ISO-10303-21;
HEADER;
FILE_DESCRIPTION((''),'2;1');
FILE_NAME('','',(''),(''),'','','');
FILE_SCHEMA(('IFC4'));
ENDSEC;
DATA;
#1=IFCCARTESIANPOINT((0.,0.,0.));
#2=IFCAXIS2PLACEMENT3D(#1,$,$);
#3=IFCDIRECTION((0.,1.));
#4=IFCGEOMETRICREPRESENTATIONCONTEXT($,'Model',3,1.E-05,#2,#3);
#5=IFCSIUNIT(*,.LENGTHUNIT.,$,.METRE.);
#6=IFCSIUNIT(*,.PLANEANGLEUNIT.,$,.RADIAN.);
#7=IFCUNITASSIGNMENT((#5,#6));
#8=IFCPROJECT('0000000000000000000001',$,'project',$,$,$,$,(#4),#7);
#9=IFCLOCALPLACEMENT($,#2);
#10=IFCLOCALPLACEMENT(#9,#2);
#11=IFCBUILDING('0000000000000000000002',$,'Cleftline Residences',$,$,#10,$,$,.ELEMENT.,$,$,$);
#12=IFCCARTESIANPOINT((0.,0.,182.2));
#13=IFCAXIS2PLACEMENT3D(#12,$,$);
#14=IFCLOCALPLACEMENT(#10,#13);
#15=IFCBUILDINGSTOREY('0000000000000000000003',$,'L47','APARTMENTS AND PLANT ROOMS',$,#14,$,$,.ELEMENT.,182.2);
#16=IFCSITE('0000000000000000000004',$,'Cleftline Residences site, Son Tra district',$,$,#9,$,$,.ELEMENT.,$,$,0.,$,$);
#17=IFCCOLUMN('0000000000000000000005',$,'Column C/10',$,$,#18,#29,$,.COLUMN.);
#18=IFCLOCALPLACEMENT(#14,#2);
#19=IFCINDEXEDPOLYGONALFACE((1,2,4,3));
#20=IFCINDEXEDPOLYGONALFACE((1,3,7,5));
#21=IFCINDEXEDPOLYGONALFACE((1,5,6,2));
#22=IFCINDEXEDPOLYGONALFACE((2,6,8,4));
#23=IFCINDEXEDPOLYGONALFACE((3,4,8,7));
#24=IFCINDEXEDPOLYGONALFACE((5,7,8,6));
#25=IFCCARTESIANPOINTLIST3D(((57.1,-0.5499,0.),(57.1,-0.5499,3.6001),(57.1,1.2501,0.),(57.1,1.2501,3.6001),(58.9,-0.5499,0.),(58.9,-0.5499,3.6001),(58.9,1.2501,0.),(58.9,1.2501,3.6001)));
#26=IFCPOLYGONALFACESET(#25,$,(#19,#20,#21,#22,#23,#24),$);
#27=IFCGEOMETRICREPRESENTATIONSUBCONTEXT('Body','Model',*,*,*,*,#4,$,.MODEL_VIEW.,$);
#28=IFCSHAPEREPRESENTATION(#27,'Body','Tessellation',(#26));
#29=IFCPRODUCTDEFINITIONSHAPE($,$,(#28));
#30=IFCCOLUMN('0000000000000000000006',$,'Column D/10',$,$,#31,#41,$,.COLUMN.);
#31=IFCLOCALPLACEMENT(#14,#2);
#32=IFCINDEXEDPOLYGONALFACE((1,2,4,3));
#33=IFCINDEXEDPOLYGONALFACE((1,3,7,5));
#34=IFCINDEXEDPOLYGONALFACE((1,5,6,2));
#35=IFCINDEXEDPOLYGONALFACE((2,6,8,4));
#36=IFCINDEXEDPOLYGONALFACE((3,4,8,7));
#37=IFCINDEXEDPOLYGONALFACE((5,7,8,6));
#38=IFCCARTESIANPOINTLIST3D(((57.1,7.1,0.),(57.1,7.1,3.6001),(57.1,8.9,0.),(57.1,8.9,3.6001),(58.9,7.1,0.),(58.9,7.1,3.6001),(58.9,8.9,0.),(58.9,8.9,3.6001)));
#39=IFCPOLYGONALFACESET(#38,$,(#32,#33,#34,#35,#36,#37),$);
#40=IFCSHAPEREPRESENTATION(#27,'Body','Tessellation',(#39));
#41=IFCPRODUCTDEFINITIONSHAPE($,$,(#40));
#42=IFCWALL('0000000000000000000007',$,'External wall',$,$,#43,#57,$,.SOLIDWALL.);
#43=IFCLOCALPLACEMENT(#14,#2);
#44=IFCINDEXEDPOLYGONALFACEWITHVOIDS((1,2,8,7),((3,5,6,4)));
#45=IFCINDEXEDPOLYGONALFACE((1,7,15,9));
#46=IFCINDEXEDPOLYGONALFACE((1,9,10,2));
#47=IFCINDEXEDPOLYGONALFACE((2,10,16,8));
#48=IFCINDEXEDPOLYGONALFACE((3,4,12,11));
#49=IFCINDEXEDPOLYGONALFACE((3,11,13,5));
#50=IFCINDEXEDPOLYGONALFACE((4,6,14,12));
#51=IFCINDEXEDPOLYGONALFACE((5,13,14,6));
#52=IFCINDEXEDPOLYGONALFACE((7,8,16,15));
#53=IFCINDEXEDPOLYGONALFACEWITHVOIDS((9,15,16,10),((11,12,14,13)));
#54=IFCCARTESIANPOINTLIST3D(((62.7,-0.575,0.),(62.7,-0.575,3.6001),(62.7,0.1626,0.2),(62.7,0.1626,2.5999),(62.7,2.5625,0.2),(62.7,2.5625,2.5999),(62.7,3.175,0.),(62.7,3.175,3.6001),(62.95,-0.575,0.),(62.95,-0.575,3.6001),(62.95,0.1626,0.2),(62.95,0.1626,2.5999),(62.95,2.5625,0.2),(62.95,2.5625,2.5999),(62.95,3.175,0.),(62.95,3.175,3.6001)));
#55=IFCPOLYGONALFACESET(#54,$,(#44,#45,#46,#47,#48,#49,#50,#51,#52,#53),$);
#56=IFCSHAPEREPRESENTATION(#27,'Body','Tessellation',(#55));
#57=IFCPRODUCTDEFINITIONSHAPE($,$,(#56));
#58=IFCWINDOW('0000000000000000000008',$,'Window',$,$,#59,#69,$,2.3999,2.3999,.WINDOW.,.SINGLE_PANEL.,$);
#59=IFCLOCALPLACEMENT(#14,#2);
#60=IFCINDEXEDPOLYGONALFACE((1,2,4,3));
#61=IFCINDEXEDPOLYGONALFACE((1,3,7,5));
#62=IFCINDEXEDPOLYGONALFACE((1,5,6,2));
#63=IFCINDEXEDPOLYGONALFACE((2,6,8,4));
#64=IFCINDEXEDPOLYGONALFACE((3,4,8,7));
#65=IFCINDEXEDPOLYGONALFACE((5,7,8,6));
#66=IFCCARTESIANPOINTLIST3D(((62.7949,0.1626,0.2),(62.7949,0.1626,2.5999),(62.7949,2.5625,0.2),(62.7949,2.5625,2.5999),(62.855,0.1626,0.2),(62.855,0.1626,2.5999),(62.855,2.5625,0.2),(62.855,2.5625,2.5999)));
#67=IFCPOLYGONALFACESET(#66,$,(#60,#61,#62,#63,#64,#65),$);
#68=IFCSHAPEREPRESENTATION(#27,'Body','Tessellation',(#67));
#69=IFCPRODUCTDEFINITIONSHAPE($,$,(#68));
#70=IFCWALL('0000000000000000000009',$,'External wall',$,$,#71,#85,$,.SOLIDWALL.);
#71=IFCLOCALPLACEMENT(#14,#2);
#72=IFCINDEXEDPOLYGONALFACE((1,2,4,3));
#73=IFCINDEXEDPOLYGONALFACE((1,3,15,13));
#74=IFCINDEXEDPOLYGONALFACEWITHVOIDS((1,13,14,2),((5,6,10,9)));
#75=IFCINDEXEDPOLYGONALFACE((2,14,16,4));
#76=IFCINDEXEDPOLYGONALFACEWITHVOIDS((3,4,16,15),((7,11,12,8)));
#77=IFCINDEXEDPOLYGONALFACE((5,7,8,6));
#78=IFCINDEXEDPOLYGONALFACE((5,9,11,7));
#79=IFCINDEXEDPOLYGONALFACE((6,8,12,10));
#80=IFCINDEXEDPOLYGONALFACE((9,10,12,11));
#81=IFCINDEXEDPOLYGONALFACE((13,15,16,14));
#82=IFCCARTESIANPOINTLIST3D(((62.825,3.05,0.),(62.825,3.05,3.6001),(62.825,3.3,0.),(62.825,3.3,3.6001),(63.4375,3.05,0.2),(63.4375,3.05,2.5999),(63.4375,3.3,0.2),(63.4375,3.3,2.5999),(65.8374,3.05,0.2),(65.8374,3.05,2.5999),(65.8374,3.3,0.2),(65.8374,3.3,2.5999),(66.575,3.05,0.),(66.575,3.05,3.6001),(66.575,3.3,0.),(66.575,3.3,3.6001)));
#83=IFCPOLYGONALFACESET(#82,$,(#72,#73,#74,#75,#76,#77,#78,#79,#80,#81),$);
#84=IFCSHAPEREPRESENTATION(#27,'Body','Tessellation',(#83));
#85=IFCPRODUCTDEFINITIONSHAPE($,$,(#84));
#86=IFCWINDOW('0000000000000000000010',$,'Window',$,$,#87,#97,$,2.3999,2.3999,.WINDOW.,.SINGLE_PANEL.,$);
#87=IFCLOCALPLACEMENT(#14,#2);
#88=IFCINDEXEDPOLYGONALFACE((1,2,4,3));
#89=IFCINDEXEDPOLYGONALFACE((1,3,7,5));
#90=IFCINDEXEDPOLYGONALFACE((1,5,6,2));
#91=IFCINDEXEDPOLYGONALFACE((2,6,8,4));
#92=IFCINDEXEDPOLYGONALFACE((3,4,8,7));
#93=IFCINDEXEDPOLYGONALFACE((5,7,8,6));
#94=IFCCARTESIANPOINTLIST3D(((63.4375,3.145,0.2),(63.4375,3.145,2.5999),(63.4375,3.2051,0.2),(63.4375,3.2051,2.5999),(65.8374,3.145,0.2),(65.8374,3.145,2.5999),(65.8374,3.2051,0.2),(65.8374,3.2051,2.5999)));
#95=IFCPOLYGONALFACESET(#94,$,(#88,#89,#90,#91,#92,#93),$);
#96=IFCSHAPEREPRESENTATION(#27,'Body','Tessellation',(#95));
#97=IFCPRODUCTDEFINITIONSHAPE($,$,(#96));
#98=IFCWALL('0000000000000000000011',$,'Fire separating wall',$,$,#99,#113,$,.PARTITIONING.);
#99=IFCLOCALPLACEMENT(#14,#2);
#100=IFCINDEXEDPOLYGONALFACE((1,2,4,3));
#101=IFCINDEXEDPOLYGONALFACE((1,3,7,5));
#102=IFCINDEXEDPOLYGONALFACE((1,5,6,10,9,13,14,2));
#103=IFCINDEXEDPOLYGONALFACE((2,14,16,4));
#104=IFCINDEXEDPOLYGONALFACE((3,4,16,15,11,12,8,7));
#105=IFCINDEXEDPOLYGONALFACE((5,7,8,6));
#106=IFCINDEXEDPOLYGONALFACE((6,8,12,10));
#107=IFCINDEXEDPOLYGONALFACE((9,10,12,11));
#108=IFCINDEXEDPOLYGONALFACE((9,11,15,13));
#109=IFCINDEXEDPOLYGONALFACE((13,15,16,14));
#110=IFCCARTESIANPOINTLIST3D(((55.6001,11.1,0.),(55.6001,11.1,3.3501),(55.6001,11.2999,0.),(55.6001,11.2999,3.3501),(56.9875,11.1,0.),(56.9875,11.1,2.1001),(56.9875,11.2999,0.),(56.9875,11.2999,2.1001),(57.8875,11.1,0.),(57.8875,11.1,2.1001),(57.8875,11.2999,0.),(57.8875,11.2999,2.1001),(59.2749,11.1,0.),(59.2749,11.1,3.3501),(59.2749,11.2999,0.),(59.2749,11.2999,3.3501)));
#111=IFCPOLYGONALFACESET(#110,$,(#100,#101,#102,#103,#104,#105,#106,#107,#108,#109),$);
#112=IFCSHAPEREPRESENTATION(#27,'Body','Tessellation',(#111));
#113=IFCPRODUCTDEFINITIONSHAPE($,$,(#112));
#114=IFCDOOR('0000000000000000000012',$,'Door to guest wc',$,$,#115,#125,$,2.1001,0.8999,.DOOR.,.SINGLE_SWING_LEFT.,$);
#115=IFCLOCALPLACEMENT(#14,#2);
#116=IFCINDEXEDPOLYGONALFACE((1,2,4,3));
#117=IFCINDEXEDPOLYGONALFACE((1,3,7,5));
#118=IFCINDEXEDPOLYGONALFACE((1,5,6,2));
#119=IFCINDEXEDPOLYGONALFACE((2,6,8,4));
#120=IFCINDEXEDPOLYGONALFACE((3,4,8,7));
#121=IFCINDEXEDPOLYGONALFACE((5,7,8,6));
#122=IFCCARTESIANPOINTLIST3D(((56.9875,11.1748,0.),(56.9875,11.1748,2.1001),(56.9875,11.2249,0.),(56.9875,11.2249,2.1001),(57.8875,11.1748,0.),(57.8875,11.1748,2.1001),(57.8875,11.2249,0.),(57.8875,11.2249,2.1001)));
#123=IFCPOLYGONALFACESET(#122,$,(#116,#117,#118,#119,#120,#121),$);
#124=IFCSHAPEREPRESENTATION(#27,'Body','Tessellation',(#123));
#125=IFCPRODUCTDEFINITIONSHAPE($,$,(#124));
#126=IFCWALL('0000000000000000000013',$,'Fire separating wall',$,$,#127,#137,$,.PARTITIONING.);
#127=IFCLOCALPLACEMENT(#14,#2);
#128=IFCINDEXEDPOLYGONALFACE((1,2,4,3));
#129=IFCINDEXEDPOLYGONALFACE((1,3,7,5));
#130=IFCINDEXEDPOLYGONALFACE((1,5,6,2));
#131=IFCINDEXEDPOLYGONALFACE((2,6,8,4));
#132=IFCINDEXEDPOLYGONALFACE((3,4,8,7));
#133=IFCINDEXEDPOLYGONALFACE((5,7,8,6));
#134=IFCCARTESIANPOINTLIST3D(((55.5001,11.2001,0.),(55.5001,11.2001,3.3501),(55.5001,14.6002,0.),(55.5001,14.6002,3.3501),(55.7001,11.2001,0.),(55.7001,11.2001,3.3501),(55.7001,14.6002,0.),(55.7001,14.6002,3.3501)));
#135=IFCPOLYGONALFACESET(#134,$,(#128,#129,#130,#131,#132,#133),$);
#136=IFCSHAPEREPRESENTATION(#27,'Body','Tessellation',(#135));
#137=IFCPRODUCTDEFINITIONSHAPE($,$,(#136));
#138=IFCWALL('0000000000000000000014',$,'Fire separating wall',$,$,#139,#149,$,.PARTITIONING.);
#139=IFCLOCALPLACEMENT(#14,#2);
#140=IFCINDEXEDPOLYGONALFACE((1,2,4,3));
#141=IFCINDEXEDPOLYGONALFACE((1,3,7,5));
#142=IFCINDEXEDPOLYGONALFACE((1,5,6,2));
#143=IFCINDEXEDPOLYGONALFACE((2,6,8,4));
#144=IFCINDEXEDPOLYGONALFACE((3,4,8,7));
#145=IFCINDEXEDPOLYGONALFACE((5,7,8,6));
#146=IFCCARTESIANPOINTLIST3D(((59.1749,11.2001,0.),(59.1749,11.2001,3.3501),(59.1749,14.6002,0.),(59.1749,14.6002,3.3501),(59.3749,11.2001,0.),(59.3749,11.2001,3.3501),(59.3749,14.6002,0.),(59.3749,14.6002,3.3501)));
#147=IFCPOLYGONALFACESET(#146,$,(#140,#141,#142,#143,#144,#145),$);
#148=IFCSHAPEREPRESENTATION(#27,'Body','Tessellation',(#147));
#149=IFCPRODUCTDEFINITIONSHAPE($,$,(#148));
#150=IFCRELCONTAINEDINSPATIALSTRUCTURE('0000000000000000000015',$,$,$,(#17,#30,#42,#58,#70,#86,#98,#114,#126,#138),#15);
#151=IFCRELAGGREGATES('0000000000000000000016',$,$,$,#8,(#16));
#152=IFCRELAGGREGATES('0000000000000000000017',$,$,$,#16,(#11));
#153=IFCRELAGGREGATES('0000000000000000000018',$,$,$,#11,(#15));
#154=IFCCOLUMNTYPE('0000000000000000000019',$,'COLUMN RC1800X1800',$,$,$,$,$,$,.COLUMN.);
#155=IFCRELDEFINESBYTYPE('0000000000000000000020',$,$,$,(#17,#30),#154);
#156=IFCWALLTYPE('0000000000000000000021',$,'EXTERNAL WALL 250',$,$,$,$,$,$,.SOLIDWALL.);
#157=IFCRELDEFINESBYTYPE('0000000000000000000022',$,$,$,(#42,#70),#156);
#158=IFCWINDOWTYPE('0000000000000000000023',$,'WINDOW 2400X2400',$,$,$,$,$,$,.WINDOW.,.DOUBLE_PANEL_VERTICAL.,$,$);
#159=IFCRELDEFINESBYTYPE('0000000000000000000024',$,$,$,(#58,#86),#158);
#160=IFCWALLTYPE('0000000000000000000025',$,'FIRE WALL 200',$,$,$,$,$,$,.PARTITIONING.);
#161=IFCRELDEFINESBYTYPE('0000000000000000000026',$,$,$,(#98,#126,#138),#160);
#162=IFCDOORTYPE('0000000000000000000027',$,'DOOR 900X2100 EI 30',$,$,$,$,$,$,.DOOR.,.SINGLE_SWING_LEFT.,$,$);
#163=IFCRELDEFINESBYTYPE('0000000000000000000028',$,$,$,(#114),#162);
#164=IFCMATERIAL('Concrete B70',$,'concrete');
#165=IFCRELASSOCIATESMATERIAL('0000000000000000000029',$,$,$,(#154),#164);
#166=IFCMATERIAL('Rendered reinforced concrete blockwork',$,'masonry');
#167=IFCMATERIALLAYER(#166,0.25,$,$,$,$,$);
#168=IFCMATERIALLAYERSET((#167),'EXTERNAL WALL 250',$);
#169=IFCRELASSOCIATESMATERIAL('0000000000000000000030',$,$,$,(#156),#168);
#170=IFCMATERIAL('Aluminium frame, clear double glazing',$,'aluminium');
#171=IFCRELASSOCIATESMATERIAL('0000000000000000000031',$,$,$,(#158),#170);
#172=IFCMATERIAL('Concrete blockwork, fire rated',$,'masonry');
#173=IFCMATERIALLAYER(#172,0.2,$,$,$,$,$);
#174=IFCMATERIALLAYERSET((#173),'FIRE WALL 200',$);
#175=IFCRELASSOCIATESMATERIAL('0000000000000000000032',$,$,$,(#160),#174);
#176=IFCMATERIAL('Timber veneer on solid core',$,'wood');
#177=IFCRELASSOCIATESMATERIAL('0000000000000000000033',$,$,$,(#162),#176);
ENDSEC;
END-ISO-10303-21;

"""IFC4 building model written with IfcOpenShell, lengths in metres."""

from ifc_helpers import new_model, si_unit, direction, frame, frame_2d, origin, origin_2d, place, context, subcontext, project, spatial, rectangle, extrude, material, layer, layer_set, material_profile, profile_set, type_object, element, fill, save


model = new_model("IFC4")

# Units and contexts
model_context = context("Model", 3, precision=1e-05, world=origin(), true_north=direction((0.0, 1.0)))
body_context = subcontext(model_context, "Body", "Model", "MODEL_VIEW")
ifc_project = project(units=[si_unit("LENGTHUNIT", "METRE"), si_unit("PLANEANGLEUNIT", "RADIAN")], contexts=[model_context])

# Site, building, storey
site_placement = place(None, origin())
site = spatial("IfcSite", under=ifc_project, at=site_placement, Name="Cleftline Residences site, Son Tra district", CompositionType="ELEMENT", RefElevation=0.0)
building_placement = place(site_placement, origin())
building = spatial("IfcBuilding", under=site, at=building_placement, Name="Cleftline Residences", CompositionType="ELEMENT")
storey_placement = place(building_placement, frame((0.0, 0.0, 182.2)))
storey = spatial("IfcBuildingStorey", under=building, at=storey_placement, Name="L47", Description="APARTMENTS AND PLANT ROOMS", CompositionType="ELEMENT", Elevation=182.2)

# Columns
ifc_material_1 = material(Name="Concrete B70", Category="concrete")
ifc_material_profile = material_profile(ifc_material_1, rectangle(XDim=1.8, YDim=1.8, at=origin_2d()))
ifc_profile_set = profile_set([ifc_material_profile], Name="Concrete B70")
column_type = type_object("IfcColumnType", Name="COLUMN RC1800X1800", PredefinedType="COLUMN", material=ifc_profile_set)
for number, where, z_axis, x_axis, name in (
    (1, (58.0, 0.3501, 0.0), (0.0, 0.0, 1.0), (1.0, 0.0, 0.0), "Column C/10"),
    (2, (58.0, 8.0, 0.0), (0.0, 0.0, 1.0), (1.0, 0.0, 0.0), "Column D/10"),
):
    element("IfcColumn", number, at=place(storey_placement, frame(where, z_axis=z_axis, x_axis=x_axis)), inside=storey, type_object=column_type, Name=name, PredefinedType="COLUMN", context=body_context, shape_type="SweptSolid", body=[
        extrude(rectangle(XDim=1.8, YDim=1.8, at=origin_2d()), origin(), (0.0, 0.0, 1.0), 3.6001),
    ])

# Walls, openings, windows
ifc_material_2 = material(Name="Rendered reinforced concrete blockwork", Category="masonry")
ifc_layer_1 = layer(ifc_material_2, 0.25)
ifc_layer_set_1 = layer_set([ifc_layer_1], Name="EXTERNAL WALL 250")
wall_type_1 = type_object("IfcWallType", Name="EXTERNAL WALL 250", PredefinedType="SOLIDWALL", material=ifc_layer_set_1)
wall_1_placement = place(storey_placement, frame((62.825, -0.575, 0.0), z_axis=(0.0, 0.0, 1.0), x_axis=(0.0, 1.0, 0.0)))
wall_1 = element("IfcWall", 3, at=wall_1_placement, inside=storey, type_object=wall_type_1, Name="External wall", PredefinedType="SOLIDWALL", context=body_context, shape_type="SweptSolid", body=[
    extrude(rectangle(XDim=3.75, YDim=0.25, at=frame_2d((1.875, 0.0))), origin(), (0.0, 0.0, 1.0), 3.6001),
])
opening_1_placement = place(wall_1_placement, frame((0.7375, 0.0, 0.2)))
opening_1 = element("IfcOpeningElement", 4, at=opening_1_placement, cuts=wall_1, PredefinedType="OPENING", context=body_context, shape_type="SweptSolid", body=[
    extrude(rectangle(XDim=2.3999, YDim=2.3999, at=frame_2d((1.2, 1.2))), frame((0.0, 0.135, 0.0), z_axis=(0.0, -1.0, 0.0), x_axis=(1.0, 0.0, 0.0)), (0.0, 0.0, 1.0), 0.27),
])
ifc_material_3 = material(Name="Aluminium frame, clear double glazing", Category="aluminium")
window_type = type_object("IfcWindowType", Name="WINDOW 2400X2400", PartitioningType="DOUBLE_PANEL_VERTICAL", PredefinedType="WINDOW", material=ifc_material_3)
window_1_placement = place(opening_1_placement, origin())
window_1 = element("IfcWindow", 5, at=window_1_placement, inside=storey, type_object=window_type, Name="Window", OverallHeight=2.3999, OverallWidth=2.3999, PartitioningType="SINGLE_PANEL", PredefinedType="WINDOW", context=body_context, shape_type="SweptSolid", body=[
    extrude(rectangle(XDim=2.3999, YDim=2.3999, at=frame_2d((1.2, 1.2))), frame((0.0, 0.03, 0.0), z_axis=(0.0, -1.0, 0.0), x_axis=(1.0, 0.0, 0.0)), (0.0, 0.0, 1.0), 0.0601),
])
fill(opening_1, window_1)
wall_2_placement = place(storey_placement, frame((62.825, 3.175, 0.0), z_axis=(0.0, 0.0, 1.0), x_axis=(1.0, 0.0, 0.0)))
wall_2 = element("IfcWall", 6, at=wall_2_placement, inside=storey, type_object=wall_type_1, Name="External wall", PredefinedType="SOLIDWALL", context=body_context, shape_type="SweptSolid", body=[
    extrude(rectangle(XDim=3.75, YDim=0.25, at=frame_2d((1.875, 0.0))), origin(), (0.0, 0.0, 1.0), 3.6001),
])
opening_2_placement = place(wall_2_placement, frame((0.6125, 0.0, 0.2)))
opening_2 = element("IfcOpeningElement", 7, at=opening_2_placement, cuts=wall_2, PredefinedType="OPENING", context=body_context, shape_type="SweptSolid", body=[
    extrude(rectangle(XDim=2.3999, YDim=2.3999, at=frame_2d((1.2, 1.2))), frame((0.0, 0.135, 0.0), z_axis=(0.0, -1.0, 0.0), x_axis=(1.0, 0.0, 0.0)), (0.0, 0.0, 1.0), 0.27),
])
window_2_placement = place(opening_2_placement, origin())
window_2 = element("IfcWindow", 8, at=window_2_placement, inside=storey, type_object=window_type, Name="Window", OverallHeight=2.3999, OverallWidth=2.3999, PartitioningType="SINGLE_PANEL", PredefinedType="WINDOW", context=body_context, shape_type="SweptSolid", body=[
    extrude(rectangle(XDim=2.3999, YDim=2.3999, at=frame_2d((1.2, 1.2))), frame((0.0, 0.03, 0.0), z_axis=(0.0, -1.0, 0.0), x_axis=(1.0, 0.0, 0.0)), (0.0, 0.0, 1.0), 0.0601),
])
fill(opening_2, window_2)

# Wall, opening, door
ifc_material_4 = material(Name="Concrete blockwork, fire rated", Category="masonry")
ifc_layer_2 = layer(ifc_material_4, 0.2)
ifc_layer_set_2 = layer_set([ifc_layer_2], Name="FIRE WALL 200")
wall_type_2 = type_object("IfcWallType", Name="FIRE WALL 200", PredefinedType="PARTITIONING", material=ifc_layer_set_2)
wall_3_placement = place(storey_placement, frame((55.6001, 11.2, 0.0), z_axis=(0.0, 0.0, 1.0), x_axis=(1.0, 0.0, 0.0)))
wall_3 = element("IfcWall", 9, at=wall_3_placement, inside=storey, type_object=wall_type_2, Name="Fire separating wall", PredefinedType="PARTITIONING", context=body_context, shape_type="SweptSolid", body=[
    extrude(rectangle(XDim=3.6748, YDim=0.2, at=frame_2d((1.8374, 0.0))), origin(), (0.0, 0.0, 1.0), 3.3501),
])
opening_3_placement = place(wall_3_placement, frame((1.3875, 0.0, 0.0)))
opening_3 = element("IfcOpeningElement", 10, at=opening_3_placement, cuts=wall_3, PredefinedType="OPENING", context=body_context, shape_type="SweptSolid", body=[
    extrude(rectangle(XDim=0.8999, YDim=2.1001, at=frame_2d((0.45, 1.05))), frame((0.0, 0.1099, 0.0), z_axis=(0.0, -1.0, 0.0), x_axis=(1.0, 0.0, 0.0)), (0.0, 0.0, 1.0), 0.22),
])
ifc_material_5 = material(Name="Timber veneer on solid core", Category="wood")
door_type_1 = type_object("IfcDoorType", Name="DOOR 900X2100 EI 30", OperationType="SINGLE_SWING_LEFT", PredefinedType="DOOR", material=ifc_material_5)
door_1_placement = place(opening_3_placement, origin())
door_1 = element("IfcDoor", 11, at=door_1_placement, inside=storey, type_object=door_type_1, Name="Door to guest wc", OperationType="SINGLE_SWING_LEFT", OverallHeight=2.1001, OverallWidth=0.8999, PredefinedType="DOOR", context=body_context, shape_type="SweptSolid", body=[
    extrude(rectangle(XDim=0.8999, YDim=2.1001, at=frame_2d((0.45, 1.05))), frame((0.0, 0.0249, 0.0), z_axis=(0.0, -1.0, 0.0), x_axis=(1.0, 0.0, 0.0)), (0.0, 0.0, 1.0), 0.05),
])
fill(opening_3, door_1)

# Walls
for number, where, z_axis, x_axis, name in (
    (12, (55.6001, 11.2, 0.0), (0.0, 0.0, 1.0), (0.0, 1.0, 0.0), "Fire separating wall"),
    (13, (59.2749, 11.2, 0.0), (0.0, 0.0, 1.0), (0.0, 1.0, 0.0), "Fire separating wall"),
):
    element("IfcWall", number, at=place(storey_placement, frame(where, z_axis=z_axis, x_axis=x_axis)), inside=storey, type_object=wall_type_2, Name=name, PredefinedType="PARTITIONING", context=body_context, shape_type="SweptSolid", body=[
        extrude(rectangle(XDim=3.4001, YDim=0.2, at=frame_2d((1.7002, 0.0))), origin(), (0.0, 0.0, 1.0), 3.3501),
    ])

save(model, "model.ifc")
